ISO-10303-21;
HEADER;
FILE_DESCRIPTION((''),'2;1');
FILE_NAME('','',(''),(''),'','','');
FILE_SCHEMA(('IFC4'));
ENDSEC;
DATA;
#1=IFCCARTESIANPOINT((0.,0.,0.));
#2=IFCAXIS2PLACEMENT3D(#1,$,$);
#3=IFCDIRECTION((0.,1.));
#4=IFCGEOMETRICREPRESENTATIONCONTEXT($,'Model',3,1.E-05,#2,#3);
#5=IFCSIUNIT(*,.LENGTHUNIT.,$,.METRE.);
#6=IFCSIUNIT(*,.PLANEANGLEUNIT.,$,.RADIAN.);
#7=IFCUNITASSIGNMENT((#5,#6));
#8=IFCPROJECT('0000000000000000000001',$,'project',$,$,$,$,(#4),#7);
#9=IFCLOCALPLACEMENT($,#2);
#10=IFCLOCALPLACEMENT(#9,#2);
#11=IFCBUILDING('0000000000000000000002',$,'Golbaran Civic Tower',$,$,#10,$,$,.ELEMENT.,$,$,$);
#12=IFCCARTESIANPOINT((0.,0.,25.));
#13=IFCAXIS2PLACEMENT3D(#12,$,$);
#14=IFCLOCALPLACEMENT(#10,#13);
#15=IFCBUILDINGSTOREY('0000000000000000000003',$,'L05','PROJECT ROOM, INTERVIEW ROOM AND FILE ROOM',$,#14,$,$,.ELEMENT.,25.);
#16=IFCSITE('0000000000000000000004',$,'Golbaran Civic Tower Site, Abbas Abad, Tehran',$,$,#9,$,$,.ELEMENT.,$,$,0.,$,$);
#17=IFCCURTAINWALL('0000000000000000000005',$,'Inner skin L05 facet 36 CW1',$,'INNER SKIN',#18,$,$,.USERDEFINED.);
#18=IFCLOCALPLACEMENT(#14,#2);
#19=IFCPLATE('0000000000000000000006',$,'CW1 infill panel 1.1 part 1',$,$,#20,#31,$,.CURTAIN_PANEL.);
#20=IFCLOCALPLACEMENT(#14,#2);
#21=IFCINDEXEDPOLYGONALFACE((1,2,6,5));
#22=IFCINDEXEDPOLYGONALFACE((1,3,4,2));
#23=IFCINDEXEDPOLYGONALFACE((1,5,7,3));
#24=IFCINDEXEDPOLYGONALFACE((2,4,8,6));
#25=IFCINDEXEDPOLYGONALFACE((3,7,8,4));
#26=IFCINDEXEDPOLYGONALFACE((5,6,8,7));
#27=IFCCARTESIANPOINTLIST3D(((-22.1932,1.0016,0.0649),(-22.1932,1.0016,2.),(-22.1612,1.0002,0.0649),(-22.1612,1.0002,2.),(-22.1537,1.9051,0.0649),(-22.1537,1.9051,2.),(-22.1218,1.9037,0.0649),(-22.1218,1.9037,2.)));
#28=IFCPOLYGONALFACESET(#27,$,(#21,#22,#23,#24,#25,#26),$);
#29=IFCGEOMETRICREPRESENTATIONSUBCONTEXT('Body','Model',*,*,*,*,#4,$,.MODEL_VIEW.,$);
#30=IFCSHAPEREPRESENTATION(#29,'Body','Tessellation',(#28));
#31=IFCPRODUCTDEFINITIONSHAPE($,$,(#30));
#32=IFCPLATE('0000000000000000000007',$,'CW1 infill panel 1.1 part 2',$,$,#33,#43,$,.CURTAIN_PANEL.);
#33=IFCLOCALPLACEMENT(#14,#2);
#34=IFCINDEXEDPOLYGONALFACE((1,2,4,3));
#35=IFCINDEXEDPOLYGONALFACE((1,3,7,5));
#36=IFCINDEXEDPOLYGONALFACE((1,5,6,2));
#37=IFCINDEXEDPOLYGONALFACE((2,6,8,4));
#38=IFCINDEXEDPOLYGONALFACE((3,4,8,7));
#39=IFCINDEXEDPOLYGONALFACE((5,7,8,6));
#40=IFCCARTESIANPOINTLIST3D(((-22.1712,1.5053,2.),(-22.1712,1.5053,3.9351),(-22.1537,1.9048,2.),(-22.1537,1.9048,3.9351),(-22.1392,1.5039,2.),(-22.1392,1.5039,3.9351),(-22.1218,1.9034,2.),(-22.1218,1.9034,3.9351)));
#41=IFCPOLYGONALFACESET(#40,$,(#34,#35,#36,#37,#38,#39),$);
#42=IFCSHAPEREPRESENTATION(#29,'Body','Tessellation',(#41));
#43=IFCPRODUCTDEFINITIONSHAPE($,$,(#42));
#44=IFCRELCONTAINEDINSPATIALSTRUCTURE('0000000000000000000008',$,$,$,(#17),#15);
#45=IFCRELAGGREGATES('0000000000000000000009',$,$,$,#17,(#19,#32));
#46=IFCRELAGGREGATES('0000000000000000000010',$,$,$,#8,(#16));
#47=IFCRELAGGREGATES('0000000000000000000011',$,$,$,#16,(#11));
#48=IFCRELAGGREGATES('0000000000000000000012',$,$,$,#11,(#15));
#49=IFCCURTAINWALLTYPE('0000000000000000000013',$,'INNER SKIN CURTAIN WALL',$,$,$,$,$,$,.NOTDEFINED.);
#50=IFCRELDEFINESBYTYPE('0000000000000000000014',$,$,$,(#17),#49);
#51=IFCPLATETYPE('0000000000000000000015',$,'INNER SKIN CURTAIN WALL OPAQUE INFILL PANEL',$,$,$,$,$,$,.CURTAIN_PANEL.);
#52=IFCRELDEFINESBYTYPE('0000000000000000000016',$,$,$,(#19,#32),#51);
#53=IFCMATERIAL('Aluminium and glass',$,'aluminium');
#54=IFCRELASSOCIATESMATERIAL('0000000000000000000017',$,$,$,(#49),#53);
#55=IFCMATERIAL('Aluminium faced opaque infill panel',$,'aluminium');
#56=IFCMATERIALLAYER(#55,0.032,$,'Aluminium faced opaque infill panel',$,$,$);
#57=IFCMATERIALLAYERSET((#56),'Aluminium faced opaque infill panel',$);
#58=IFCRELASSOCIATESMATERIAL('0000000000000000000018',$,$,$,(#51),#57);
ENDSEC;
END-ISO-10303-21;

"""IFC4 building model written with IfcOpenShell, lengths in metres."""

from ifc_helpers import new_model, si_unit, direction, frame, origin, origin_2d, place, context, subcontext, project, spatial, rectangle, extrude, material, layer, layer_set, type_object, element, aggregate, save


model = new_model("IFC4")

# Units and contexts
model_context = context("Model", 3, precision=1e-05, world=origin(), true_north=direction((0.0, 1.0)))
body_context = subcontext(model_context, "Body", "Model", "MODEL_VIEW")
ifc_project = project(units=[si_unit("LENGTHUNIT", "METRE"), si_unit("PLANEANGLEUNIT", "RADIAN")], contexts=[model_context])

# Site, building, storey
site_placement = place(None, origin())
site = spatial("IfcSite", under=ifc_project, at=site_placement, Name="Golbaran Civic Tower Site, Abbas Abad, Tehran", CompositionType="ELEMENT", RefElevation=0.0)
building_placement = place(site_placement, origin())
building = spatial("IfcBuilding", under=site, at=building_placement, Name="Golbaran Civic Tower", CompositionType="ELEMENT")
storey_placement = place(building_placement, frame((0.0, 0.0, 25.0)))
storey = spatial("IfcBuildingStorey", under=building, at=storey_placement, Name="L05", Description="PROJECT ROOM, INTERVIEW ROOM AND FILE ROOM", CompositionType="ELEMENT", Elevation=25.0)

# Shared definitions
ifc_material_1 = material(Name="Aluminium and glass", Category="aluminium")
curtain_wall_type = type_object("IfcCurtainWallType", Name="INNER SKIN CURTAIN WALL", PredefinedType="NOTDEFINED", material=ifc_material_1)

# Curtain wall
curtain_wall_1_placement = place(storey_placement, origin())
curtain_wall_1 = element("IfcCurtainWall", 1, at=curtain_wall_1_placement, inside=storey, type_object=curtain_wall_type, Name="Inner skin L05 facet 36 CW1", ObjectType="INNER SKIN", PredefinedType="USERDEFINED")

# Plates
ifc_material_2 = material(Name="Aluminium faced opaque infill panel", Category="aluminium")
ifc_layer_1 = layer(ifc_material_2, 0.032, Name="Aluminium faced opaque infill panel")
ifc_layer_set_1 = layer_set([ifc_layer_1], Name="Aluminium faced opaque infill panel")
plate_type_1 = type_object("IfcPlateType", Name="INNER SKIN CURTAIN WALL OPAQUE INFILL PANEL", PredefinedType="CURTAIN_PANEL", material=ifc_layer_set_1)
plate_1_placement = place(storey_placement, frame((-22.1575, 1.4526, 0.0649), z_axis=(0.0, 0.0, 1.0), x_axis=(-0.043619, -0.999048, 0.0)))
plate_1 = element("IfcPlate", 2, at=plate_1_placement, type_object=plate_type_1, Name="CW1 infill panel 1.1 part 1", PredefinedType="CURTAIN_PANEL", context=body_context, shape_type="SweptSolid", body=[
    extrude(rectangle(XDim=0.9043, YDim=0.032, at=origin_2d()), origin(), (0.0, 0.0, 1.0), 1.9351),
])
plate_2_placement = place(storey_placement, frame((-22.1465, 1.7043, 2.0), z_axis=(0.0, 0.0, 1.0), x_axis=(-0.043619, -0.999048, 0.0)))
plate_2 = element("IfcPlate", 3, at=plate_2_placement, type_object=plate_type_1, Name="CW1 infill panel 1.1 part 2", PredefinedType="CURTAIN_PANEL", context=body_context, shape_type="SweptSolid", body=[
    extrude(rectangle(XDim=0.3999, YDim=0.032, at=origin_2d()), origin(), (0.0, 0.0, 1.0), 1.9351),
])
aggregate(curtain_wall_1, [plate_1, plate_2])

save(model, "model.ifc")
